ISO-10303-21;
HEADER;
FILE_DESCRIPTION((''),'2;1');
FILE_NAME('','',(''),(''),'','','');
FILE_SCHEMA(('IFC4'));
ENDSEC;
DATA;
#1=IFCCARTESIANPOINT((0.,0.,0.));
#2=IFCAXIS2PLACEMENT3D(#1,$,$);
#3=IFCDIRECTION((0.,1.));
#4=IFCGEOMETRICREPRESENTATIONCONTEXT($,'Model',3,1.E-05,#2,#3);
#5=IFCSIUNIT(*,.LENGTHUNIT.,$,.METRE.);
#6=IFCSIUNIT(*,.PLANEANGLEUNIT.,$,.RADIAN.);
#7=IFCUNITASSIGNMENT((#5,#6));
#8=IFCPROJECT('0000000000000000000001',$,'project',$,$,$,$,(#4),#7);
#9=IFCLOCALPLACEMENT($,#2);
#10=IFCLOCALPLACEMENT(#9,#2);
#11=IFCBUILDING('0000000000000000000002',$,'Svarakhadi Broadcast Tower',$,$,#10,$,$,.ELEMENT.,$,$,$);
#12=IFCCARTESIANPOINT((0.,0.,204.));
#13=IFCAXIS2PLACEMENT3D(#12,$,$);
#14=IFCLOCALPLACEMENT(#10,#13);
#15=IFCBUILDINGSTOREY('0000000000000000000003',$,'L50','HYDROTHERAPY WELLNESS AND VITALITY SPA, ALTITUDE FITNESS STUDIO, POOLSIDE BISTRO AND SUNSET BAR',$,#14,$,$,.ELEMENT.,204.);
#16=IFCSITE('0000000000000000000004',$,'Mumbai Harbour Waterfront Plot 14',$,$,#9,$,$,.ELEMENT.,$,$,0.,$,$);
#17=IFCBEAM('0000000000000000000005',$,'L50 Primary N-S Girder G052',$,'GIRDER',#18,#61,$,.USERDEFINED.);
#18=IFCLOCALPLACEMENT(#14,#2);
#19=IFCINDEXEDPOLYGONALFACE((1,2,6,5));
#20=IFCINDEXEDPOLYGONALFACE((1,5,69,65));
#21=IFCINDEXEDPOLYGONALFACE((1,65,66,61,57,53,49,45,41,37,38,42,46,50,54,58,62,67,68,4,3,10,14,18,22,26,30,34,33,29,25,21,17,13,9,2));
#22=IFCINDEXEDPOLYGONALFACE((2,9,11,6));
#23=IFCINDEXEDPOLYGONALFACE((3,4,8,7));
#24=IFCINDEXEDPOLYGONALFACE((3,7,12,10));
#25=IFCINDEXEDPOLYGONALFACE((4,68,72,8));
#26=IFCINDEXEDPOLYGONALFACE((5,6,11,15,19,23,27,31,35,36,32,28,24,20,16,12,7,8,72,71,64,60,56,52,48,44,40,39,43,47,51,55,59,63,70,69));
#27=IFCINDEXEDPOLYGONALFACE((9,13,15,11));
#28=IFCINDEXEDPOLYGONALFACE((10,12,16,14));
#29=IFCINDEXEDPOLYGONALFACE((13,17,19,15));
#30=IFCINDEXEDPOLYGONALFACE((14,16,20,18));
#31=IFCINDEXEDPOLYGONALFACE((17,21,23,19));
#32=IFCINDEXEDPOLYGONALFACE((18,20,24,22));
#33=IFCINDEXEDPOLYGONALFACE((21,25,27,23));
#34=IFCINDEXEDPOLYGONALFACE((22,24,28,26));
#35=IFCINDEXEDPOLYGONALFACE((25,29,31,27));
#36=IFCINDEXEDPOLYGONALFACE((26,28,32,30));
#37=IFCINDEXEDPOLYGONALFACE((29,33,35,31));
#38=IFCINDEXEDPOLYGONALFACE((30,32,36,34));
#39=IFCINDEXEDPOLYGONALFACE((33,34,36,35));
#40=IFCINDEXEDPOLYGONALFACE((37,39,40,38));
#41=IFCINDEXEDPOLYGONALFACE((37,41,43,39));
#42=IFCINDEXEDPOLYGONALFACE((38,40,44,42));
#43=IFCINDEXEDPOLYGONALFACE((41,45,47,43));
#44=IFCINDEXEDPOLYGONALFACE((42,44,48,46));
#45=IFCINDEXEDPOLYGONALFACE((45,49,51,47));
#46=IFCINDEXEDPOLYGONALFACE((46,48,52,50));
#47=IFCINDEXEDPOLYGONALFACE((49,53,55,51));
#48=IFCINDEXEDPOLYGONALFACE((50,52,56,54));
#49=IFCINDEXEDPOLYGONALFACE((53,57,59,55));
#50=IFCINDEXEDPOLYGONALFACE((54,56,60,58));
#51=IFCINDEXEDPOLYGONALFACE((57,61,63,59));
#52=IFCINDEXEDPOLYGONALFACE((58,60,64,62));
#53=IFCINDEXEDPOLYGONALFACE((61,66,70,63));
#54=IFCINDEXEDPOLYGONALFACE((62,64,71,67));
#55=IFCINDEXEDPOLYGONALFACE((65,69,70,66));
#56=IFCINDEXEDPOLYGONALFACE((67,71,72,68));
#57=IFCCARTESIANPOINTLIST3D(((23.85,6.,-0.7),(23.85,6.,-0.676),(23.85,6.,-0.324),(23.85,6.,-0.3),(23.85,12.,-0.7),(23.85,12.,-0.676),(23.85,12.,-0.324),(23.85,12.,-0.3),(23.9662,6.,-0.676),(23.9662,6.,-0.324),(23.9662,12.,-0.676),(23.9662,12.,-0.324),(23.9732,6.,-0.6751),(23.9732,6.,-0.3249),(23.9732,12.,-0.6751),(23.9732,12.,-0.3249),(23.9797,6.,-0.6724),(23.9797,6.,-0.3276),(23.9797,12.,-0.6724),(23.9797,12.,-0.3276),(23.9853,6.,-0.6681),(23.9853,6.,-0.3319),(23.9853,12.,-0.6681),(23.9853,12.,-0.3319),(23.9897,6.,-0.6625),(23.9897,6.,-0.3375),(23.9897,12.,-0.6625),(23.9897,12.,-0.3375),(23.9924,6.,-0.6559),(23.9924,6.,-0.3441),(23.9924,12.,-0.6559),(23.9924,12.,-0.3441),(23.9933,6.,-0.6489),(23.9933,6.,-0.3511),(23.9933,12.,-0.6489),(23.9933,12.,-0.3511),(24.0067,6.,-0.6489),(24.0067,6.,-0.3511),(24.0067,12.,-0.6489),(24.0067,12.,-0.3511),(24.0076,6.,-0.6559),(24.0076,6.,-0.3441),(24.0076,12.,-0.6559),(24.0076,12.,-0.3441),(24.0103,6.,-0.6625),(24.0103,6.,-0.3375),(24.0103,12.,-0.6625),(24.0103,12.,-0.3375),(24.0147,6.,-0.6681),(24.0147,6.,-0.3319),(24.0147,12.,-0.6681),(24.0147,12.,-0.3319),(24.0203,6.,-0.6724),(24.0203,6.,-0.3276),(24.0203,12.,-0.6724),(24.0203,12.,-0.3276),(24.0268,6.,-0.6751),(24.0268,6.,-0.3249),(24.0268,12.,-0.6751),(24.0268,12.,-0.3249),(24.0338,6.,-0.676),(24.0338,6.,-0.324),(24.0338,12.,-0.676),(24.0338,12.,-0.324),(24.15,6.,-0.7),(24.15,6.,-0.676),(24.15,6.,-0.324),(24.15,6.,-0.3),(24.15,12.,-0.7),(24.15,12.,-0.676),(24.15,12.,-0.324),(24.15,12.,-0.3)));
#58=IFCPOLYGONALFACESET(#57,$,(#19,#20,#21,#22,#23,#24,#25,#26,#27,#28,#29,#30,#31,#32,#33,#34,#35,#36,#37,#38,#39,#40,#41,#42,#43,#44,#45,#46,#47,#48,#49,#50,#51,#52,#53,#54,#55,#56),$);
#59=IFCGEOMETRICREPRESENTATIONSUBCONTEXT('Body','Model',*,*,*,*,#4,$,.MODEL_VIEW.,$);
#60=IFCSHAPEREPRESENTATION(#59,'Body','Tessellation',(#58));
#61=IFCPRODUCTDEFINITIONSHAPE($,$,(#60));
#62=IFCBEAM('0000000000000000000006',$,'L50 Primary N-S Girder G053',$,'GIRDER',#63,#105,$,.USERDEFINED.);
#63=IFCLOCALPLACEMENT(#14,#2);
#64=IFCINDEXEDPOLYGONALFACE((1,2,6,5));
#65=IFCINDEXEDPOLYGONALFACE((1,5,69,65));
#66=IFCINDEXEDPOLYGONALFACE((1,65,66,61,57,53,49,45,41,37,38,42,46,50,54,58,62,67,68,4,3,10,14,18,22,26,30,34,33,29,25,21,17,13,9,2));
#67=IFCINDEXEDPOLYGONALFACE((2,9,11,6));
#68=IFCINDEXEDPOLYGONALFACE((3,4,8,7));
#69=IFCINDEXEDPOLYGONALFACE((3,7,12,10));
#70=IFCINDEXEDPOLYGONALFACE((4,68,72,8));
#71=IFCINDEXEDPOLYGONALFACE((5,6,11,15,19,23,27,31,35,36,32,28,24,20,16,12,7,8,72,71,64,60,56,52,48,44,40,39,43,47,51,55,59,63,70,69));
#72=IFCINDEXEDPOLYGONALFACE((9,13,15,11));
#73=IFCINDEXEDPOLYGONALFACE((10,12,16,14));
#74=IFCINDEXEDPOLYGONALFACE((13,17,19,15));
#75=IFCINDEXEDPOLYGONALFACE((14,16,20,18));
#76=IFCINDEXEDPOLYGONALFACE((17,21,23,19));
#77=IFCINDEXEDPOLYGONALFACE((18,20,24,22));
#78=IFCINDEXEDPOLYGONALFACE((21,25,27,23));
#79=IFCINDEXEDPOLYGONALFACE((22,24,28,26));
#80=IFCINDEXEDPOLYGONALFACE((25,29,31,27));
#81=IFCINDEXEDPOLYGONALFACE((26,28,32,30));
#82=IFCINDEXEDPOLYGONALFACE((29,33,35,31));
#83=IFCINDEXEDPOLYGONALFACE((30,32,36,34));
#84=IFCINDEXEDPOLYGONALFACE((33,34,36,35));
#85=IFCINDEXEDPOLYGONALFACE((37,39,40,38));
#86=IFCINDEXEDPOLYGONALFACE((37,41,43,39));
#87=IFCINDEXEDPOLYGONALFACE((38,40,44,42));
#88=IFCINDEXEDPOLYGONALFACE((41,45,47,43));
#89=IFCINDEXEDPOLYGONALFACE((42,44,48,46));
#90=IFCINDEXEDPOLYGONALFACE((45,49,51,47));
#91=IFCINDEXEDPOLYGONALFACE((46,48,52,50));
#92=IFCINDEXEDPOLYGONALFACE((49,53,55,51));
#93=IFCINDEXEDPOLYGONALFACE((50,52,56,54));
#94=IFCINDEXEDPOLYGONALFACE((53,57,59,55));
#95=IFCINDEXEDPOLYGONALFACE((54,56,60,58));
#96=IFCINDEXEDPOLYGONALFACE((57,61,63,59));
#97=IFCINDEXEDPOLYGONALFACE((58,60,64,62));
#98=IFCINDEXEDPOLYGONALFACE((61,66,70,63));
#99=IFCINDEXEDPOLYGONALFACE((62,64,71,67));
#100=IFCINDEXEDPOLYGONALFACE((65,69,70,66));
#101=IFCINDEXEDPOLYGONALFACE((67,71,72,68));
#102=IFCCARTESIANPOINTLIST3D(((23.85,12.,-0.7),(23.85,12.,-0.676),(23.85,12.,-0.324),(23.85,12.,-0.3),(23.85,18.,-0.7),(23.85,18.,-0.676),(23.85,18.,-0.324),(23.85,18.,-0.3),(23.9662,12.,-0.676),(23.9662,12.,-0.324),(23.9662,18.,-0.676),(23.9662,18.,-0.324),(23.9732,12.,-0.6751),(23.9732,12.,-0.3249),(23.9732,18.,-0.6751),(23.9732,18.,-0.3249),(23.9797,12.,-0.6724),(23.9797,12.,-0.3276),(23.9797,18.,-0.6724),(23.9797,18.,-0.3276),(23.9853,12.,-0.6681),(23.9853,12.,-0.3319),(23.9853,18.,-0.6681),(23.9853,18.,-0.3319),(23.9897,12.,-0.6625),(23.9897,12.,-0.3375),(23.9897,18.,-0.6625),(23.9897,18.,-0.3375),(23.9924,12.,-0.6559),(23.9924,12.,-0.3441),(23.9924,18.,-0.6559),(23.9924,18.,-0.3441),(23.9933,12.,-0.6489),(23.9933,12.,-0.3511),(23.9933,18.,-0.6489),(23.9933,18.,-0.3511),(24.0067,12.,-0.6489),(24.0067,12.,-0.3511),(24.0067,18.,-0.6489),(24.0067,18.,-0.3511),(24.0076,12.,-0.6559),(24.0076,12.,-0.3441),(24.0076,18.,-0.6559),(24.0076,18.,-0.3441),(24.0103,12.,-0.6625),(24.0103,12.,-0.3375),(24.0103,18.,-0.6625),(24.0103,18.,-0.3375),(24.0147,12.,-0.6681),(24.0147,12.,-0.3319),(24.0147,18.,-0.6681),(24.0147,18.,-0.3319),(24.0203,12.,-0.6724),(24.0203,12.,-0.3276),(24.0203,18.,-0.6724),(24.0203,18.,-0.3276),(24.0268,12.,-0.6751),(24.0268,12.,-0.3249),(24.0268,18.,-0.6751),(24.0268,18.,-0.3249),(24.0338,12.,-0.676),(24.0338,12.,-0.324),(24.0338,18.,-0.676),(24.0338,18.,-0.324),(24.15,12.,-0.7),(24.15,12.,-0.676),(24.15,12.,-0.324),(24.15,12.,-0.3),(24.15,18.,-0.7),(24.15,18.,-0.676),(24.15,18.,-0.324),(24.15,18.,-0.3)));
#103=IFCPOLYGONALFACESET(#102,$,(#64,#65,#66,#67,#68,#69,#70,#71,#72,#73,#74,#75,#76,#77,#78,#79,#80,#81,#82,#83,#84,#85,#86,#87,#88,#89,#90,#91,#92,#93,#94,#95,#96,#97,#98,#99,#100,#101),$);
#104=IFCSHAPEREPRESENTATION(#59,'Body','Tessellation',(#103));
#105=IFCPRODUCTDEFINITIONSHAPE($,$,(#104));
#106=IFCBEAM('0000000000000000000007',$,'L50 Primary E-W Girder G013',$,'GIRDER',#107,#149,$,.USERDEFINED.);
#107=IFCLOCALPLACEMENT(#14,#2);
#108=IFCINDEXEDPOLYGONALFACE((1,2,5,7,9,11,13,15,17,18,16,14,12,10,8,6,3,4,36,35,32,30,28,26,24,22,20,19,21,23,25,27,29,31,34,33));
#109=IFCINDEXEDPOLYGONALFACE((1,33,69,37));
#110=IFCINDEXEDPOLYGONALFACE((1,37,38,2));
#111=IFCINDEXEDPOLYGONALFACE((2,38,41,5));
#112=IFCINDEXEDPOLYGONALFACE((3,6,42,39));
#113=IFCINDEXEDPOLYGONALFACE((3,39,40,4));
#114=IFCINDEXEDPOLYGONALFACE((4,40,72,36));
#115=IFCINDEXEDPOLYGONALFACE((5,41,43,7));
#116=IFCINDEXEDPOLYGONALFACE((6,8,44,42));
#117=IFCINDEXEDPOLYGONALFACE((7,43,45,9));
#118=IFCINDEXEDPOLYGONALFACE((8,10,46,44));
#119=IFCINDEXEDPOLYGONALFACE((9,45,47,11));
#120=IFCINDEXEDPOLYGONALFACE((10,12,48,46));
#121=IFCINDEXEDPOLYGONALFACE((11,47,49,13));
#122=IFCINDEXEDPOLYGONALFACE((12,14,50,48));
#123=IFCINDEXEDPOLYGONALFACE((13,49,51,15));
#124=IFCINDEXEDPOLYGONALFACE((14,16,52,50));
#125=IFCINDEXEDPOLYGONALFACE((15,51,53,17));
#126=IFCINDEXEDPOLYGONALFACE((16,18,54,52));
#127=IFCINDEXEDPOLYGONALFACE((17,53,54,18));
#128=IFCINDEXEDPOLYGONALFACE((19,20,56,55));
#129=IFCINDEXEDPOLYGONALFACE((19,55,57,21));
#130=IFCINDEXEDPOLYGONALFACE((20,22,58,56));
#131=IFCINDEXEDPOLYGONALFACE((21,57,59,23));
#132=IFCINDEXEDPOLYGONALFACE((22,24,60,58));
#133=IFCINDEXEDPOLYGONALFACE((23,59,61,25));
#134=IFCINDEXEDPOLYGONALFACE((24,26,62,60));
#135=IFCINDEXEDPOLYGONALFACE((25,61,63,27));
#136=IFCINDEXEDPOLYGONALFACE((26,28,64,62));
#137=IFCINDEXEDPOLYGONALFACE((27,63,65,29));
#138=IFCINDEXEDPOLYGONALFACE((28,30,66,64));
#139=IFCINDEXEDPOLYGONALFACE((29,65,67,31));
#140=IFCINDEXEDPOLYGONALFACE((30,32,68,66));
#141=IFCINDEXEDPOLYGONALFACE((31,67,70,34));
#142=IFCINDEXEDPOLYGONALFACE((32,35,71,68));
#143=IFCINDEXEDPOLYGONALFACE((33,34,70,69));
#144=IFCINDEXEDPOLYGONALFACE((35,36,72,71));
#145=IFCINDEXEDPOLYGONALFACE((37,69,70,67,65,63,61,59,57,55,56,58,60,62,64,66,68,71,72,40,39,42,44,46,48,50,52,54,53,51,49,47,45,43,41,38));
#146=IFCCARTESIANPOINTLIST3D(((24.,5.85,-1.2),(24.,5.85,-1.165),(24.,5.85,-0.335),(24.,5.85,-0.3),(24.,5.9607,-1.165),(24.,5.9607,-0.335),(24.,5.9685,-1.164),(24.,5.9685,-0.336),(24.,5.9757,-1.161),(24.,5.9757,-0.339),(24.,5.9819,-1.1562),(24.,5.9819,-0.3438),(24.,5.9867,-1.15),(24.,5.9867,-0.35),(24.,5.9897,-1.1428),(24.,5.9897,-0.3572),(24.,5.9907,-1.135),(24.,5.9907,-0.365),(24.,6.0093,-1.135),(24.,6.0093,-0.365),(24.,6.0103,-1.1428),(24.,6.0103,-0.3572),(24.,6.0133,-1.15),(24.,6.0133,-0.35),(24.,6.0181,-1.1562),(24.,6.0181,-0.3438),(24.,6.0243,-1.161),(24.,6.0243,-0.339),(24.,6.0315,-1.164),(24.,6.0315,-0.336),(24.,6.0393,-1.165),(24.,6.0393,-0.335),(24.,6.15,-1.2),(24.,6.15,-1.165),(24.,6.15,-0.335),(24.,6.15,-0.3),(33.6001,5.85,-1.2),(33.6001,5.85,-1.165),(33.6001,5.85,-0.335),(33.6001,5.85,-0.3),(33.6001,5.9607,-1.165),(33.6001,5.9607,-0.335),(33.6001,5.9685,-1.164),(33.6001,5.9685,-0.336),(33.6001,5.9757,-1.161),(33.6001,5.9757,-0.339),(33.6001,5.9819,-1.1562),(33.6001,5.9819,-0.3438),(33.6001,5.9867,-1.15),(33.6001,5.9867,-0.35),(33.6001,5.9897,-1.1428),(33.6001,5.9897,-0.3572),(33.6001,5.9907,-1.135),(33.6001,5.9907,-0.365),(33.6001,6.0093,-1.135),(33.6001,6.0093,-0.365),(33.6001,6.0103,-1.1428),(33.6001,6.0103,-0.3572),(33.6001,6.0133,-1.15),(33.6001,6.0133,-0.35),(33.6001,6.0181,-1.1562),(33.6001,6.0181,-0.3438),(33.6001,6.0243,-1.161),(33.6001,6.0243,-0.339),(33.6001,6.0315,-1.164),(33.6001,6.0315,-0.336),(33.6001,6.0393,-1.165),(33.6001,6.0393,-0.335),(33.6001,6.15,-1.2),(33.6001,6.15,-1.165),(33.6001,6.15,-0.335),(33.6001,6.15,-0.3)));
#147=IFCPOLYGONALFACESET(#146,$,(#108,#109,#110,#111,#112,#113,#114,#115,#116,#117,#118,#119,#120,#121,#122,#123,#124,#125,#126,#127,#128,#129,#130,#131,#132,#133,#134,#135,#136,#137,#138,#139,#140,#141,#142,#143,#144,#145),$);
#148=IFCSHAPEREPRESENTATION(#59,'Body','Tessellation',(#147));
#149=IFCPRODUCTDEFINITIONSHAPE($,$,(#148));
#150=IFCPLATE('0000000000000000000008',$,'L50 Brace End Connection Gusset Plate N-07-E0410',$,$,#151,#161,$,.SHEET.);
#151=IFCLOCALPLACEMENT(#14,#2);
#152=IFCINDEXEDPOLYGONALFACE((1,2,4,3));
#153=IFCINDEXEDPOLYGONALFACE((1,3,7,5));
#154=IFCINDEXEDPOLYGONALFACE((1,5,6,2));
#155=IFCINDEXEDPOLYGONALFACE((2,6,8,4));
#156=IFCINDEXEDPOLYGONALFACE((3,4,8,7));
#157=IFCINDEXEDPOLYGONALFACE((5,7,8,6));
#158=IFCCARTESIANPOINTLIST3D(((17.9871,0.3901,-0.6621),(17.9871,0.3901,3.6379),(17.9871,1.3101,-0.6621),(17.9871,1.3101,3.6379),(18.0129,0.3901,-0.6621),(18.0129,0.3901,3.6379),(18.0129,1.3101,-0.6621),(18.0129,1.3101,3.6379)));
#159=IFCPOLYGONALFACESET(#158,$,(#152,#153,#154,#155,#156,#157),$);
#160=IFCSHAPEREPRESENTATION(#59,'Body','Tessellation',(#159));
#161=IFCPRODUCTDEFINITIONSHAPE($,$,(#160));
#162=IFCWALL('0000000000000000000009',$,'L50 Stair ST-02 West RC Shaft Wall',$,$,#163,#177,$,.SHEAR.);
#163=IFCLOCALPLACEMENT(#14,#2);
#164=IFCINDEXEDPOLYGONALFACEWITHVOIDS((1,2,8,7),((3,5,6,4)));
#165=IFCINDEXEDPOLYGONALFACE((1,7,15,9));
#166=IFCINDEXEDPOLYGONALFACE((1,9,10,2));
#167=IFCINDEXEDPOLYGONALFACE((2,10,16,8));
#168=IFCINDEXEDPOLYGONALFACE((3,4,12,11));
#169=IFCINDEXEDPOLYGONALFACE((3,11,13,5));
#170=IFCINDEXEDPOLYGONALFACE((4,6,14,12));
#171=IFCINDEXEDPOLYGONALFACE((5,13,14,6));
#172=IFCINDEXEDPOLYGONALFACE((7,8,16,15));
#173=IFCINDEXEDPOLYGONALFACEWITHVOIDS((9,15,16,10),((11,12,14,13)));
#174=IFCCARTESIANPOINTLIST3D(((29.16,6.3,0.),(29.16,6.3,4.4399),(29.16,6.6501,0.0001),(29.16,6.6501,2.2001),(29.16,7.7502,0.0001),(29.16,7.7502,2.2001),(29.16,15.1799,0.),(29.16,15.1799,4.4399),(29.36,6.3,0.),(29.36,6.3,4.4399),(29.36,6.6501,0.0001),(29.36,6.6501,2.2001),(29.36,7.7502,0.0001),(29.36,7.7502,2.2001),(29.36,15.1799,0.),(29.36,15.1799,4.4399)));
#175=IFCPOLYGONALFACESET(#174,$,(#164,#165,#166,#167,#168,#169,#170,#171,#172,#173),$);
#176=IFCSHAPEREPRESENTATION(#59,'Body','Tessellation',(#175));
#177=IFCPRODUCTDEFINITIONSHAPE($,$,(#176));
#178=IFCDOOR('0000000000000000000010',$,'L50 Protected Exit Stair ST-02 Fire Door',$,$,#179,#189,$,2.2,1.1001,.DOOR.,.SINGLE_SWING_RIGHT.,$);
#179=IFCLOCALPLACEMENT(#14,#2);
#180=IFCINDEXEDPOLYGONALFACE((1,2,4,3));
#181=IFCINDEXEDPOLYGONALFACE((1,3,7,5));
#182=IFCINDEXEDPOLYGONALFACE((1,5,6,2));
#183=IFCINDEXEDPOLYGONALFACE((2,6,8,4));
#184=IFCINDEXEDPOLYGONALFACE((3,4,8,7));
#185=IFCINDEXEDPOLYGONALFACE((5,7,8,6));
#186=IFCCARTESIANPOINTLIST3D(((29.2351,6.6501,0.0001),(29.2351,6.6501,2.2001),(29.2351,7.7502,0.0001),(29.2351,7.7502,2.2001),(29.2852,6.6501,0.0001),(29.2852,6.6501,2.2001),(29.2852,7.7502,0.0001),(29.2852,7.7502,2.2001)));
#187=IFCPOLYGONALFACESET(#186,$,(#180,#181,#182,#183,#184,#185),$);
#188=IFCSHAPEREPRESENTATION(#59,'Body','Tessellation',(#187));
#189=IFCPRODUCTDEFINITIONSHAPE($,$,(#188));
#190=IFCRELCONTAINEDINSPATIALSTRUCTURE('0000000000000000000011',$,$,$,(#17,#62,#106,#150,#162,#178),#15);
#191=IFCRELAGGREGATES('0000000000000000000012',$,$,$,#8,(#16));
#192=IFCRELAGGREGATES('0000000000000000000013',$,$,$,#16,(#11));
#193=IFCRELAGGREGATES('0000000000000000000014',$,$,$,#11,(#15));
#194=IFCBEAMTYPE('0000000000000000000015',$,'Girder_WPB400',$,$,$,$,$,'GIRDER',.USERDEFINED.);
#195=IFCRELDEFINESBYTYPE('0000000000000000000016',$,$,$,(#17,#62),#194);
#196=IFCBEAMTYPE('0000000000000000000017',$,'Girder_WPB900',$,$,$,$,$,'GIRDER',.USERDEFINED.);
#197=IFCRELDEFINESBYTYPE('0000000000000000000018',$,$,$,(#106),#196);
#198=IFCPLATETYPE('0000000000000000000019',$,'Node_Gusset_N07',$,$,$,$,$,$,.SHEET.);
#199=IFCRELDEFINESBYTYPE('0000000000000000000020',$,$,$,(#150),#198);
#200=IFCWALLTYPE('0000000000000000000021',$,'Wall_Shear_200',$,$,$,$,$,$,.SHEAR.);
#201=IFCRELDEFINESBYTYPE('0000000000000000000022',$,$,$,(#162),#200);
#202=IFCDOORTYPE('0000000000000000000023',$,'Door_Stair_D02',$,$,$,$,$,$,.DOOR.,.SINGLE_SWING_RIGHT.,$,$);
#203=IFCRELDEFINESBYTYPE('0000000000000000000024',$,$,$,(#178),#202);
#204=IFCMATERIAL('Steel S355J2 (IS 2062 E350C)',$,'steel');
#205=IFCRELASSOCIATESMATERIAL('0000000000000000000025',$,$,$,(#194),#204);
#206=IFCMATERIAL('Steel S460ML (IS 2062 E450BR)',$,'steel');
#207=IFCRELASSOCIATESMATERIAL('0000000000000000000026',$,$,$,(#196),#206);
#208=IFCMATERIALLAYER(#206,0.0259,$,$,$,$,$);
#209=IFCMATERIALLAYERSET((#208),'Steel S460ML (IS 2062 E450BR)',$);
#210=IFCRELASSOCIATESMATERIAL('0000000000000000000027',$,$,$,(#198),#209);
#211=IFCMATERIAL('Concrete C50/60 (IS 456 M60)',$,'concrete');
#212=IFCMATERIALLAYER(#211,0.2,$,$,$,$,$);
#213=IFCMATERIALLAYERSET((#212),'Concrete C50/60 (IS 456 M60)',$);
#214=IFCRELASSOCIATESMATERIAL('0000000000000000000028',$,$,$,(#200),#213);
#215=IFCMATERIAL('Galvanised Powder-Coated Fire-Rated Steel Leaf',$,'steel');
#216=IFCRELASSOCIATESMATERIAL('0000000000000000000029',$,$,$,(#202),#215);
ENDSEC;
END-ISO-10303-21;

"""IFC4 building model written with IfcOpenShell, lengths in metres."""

from ifc_helpers import new_model, si_unit, direction, frame, frame_2d, origin, origin_2d, place, context, subcontext, project, spatial, rectangle, i_section, extrude, material, layer, layer_set, material_profile, profile_set, type_object, element, fill, save


model = new_model("IFC4")

# Units and contexts
model_context = context("Model", 3, precision=1e-05, world=origin(), true_north=direction((0.0, 1.0)))
body_context = subcontext(model_context, "Body", "Model", "MODEL_VIEW")
ifc_project = project(units=[si_unit("LENGTHUNIT", "METRE"), si_unit("PLANEANGLEUNIT", "RADIAN")], contexts=[model_context])

# Site, building, storey
site_placement = place(None, origin())
site = spatial("IfcSite", under=ifc_project, at=site_placement, Name="Mumbai Harbour Waterfront Plot 14", CompositionType="ELEMENT", RefElevation=0.0)
building_placement = place(site_placement, origin())
building = spatial("IfcBuilding", under=site, at=building_placement, Name="Svarakhadi Broadcast Tower", CompositionType="ELEMENT")
storey_placement = place(building_placement, frame((0.0, 0.0, 204.0)))
storey = spatial("IfcBuildingStorey", under=building, at=storey_placement, Name="L50", Description="HYDROTHERAPY WELLNESS AND VITALITY SPA, ALTITUDE FITNESS STUDIO, POOLSIDE BISTRO AND SUNSET BAR", CompositionType="ELEMENT", Elevation=204.0)

# Shared definitions
ifc_material_1 = material(Name="Concrete C50/60 (IS 456 M60)", Category="concrete")
ifc_material_2 = material(Name="Steel S460ML (IS 2062 E450BR)", Category="steel")

# Beams
ifc_material_3 = material(Name="Steel S355J2 (IS 2062 E350C)", Category="steel")
ifc_material_profile_1 = material_profile(ifc_material_3, i_section(OverallWidth=0.3, OverallDepth=0.3999, WebThickness=0.0134, FlangeThickness=0.0239, FilletRadius=0.0271, at=origin_2d()), Name="WPB 400x300x155")
ifc_profile_set_1 = profile_set([ifc_material_profile_1], Name="Steel S355J2 (IS 2062 E350C)")
beam_type_1 = type_object("IfcBeamType", Name="Girder_WPB400", ElementType="GIRDER", PredefinedType="USERDEFINED", material=ifc_profile_set_1)
for number, where, z_axis, x_axis, name in (
    (1, (24.0, 6.0, -0.5), (0.0, 1.0, 0.0), (-1.0, 0.0, 0.0), "L50 Primary N-S Girder G052"),
    (2, (24.0, 12.0, -0.5), (0.0, 1.0, 0.0), (-1.0, 0.0, 0.0), "L50 Primary N-S Girder G053"),
):
    element("IfcBeam", number, at=place(storey_placement, frame(where, z_axis=z_axis, x_axis=x_axis)), inside=storey, type_object=beam_type_1, Name=name, ObjectType="GIRDER", PredefinedType="USERDEFINED", context=body_context, shape_type="SweptSolid", body=[
        extrude(i_section(OverallWidth=0.3, OverallDepth=0.3999, WebThickness=0.0134, FlangeThickness=0.0239, FilletRadius=0.0271, at=origin_2d()), origin(), (0.0, 0.0, 1.0), 6.0),
    ])
ifc_material_profile_2 = material_profile(ifc_material_2, i_section(OverallWidth=0.3, OverallDepth=0.8999, WebThickness=0.0186, FlangeThickness=0.0349, FilletRadius=0.03, at=origin_2d()), Name="WPB 900x300x291")
ifc_profile_set_2 = profile_set([ifc_material_profile_2], Name="Steel S460ML (IS 2062 E450BR)")
beam_type_2 = type_object("IfcBeamType", Name="Girder_WPB900", ElementType="GIRDER", PredefinedType="USERDEFINED", material=ifc_profile_set_2)
beam_1_placement = place(storey_placement, frame((24.0, 6.0, -0.75), z_axis=(1.0, 0.0, 0.0), x_axis=(0.0, 1.0, 0.0)))
element("IfcBeam", 3, at=beam_1_placement, inside=storey, type_object=beam_type_2, Name="L50 Primary E-W Girder G013", ObjectType="GIRDER", PredefinedType="USERDEFINED", context=body_context, shape_type="SweptSolid", body=[
    extrude(i_section(OverallWidth=0.3, OverallDepth=0.8999, WebThickness=0.0186, FlangeThickness=0.0349, FilletRadius=0.03, at=origin_2d()), origin(), (0.0, 0.0, 1.0), 9.6001),
])

# Plate
ifc_layer_1 = layer(ifc_material_2, 0.0259)
ifc_layer_set_1 = layer_set([ifc_layer_1], Name="Steel S460ML (IS 2062 E450BR)")
plate_type = type_object("IfcPlateType", Name="Node_Gusset_N07", PredefinedType="SHEET", material=ifc_layer_set_1)
plate_placement = place(storey_placement, frame((18.0, 0.8501, -0.6621), z_axis=(0.0, 0.0, 1.0), x_axis=(0.0, 1.0, 0.0)))
element("IfcPlate", 4, at=plate_placement, inside=storey, type_object=plate_type, Name="L50 Brace End Connection Gusset Plate N-07-E0410", PredefinedType="SHEET", context=body_context, shape_type="SweptSolid", body=[
    extrude(rectangle(XDim=0.9199, YDim=0.0259, at=origin_2d()), origin(), (0.0, 0.0, 1.0), 4.3),
])

# Wall, opening, door
ifc_layer_2 = layer(ifc_material_1, 0.2)
ifc_layer_set_2 = layer_set([ifc_layer_2], Name="Concrete C50/60 (IS 456 M60)")
wall_type_1 = type_object("IfcWallType", Name="Wall_Shear_200", PredefinedType="SHEAR", material=ifc_layer_set_2)
wall_1_placement = place(storey_placement, frame((29.26, 6.3, 0.0), z_axis=(0.0, 0.0, 1.0), x_axis=(0.0, 1.0, 0.0)))
wall_1 = element("IfcWall", 5, at=wall_1_placement, inside=storey, type_object=wall_type_1, Name="L50 Stair ST-02 West RC Shaft Wall", PredefinedType="SHEAR", context=body_context, shape_type="SweptSolid", body=[
    extrude(rectangle(XDim=8.8799, YDim=0.2, at=frame_2d((4.4399, 0.0))), origin(), (0.0, 0.0, 1.0), 4.4399),
])
opening_1_placement = place(wall_1_placement, frame((0.3501, 0.0, 0.0)))
opening_1 = element("IfcOpeningElement", 6, at=opening_1_placement, cuts=wall_1, PredefinedType="OPENING", context=body_context, shape_type="SweptSolid", body=[
    extrude(rectangle(XDim=1.1001, YDim=2.2, at=frame_2d((0.55, 1.1001))), frame((0.0, 0.1099, 0.0), z_axis=(0.0, -1.0, 0.0), x_axis=(1.0, 0.0, 0.0)), (0.0, 0.0, 1.0), 0.22),
])
ifc_material_4 = material(Name="Galvanised Powder-Coated Fire-Rated Steel Leaf", Category="steel")
door_type_1 = type_object("IfcDoorType", Name="Door_Stair_D02", OperationType="SINGLE_SWING_RIGHT", PredefinedType="DOOR", material=ifc_material_4)
door_1_placement = place(opening_1_placement, origin())
door_1 = element("IfcDoor", 7, at=door_1_placement, inside=storey, type_object=door_type_1, Name="L50 Protected Exit Stair ST-02 Fire Door", OperationType="SINGLE_SWING_RIGHT", OverallHeight=2.2, OverallWidth=1.1001, PredefinedType="DOOR", context=body_context, shape_type="SweptSolid", body=[
    extrude(rectangle(XDim=1.1001, YDim=2.2, at=frame_2d((0.55, 1.1001))), frame((0.0, 0.0249, 0.0), z_axis=(0.0, -1.0, 0.0), x_axis=(1.0, 0.0, 0.0)), (0.0, 0.0, 1.0), 0.05),
])
fill(opening_1, door_1)

save(model, "model.ifc")
